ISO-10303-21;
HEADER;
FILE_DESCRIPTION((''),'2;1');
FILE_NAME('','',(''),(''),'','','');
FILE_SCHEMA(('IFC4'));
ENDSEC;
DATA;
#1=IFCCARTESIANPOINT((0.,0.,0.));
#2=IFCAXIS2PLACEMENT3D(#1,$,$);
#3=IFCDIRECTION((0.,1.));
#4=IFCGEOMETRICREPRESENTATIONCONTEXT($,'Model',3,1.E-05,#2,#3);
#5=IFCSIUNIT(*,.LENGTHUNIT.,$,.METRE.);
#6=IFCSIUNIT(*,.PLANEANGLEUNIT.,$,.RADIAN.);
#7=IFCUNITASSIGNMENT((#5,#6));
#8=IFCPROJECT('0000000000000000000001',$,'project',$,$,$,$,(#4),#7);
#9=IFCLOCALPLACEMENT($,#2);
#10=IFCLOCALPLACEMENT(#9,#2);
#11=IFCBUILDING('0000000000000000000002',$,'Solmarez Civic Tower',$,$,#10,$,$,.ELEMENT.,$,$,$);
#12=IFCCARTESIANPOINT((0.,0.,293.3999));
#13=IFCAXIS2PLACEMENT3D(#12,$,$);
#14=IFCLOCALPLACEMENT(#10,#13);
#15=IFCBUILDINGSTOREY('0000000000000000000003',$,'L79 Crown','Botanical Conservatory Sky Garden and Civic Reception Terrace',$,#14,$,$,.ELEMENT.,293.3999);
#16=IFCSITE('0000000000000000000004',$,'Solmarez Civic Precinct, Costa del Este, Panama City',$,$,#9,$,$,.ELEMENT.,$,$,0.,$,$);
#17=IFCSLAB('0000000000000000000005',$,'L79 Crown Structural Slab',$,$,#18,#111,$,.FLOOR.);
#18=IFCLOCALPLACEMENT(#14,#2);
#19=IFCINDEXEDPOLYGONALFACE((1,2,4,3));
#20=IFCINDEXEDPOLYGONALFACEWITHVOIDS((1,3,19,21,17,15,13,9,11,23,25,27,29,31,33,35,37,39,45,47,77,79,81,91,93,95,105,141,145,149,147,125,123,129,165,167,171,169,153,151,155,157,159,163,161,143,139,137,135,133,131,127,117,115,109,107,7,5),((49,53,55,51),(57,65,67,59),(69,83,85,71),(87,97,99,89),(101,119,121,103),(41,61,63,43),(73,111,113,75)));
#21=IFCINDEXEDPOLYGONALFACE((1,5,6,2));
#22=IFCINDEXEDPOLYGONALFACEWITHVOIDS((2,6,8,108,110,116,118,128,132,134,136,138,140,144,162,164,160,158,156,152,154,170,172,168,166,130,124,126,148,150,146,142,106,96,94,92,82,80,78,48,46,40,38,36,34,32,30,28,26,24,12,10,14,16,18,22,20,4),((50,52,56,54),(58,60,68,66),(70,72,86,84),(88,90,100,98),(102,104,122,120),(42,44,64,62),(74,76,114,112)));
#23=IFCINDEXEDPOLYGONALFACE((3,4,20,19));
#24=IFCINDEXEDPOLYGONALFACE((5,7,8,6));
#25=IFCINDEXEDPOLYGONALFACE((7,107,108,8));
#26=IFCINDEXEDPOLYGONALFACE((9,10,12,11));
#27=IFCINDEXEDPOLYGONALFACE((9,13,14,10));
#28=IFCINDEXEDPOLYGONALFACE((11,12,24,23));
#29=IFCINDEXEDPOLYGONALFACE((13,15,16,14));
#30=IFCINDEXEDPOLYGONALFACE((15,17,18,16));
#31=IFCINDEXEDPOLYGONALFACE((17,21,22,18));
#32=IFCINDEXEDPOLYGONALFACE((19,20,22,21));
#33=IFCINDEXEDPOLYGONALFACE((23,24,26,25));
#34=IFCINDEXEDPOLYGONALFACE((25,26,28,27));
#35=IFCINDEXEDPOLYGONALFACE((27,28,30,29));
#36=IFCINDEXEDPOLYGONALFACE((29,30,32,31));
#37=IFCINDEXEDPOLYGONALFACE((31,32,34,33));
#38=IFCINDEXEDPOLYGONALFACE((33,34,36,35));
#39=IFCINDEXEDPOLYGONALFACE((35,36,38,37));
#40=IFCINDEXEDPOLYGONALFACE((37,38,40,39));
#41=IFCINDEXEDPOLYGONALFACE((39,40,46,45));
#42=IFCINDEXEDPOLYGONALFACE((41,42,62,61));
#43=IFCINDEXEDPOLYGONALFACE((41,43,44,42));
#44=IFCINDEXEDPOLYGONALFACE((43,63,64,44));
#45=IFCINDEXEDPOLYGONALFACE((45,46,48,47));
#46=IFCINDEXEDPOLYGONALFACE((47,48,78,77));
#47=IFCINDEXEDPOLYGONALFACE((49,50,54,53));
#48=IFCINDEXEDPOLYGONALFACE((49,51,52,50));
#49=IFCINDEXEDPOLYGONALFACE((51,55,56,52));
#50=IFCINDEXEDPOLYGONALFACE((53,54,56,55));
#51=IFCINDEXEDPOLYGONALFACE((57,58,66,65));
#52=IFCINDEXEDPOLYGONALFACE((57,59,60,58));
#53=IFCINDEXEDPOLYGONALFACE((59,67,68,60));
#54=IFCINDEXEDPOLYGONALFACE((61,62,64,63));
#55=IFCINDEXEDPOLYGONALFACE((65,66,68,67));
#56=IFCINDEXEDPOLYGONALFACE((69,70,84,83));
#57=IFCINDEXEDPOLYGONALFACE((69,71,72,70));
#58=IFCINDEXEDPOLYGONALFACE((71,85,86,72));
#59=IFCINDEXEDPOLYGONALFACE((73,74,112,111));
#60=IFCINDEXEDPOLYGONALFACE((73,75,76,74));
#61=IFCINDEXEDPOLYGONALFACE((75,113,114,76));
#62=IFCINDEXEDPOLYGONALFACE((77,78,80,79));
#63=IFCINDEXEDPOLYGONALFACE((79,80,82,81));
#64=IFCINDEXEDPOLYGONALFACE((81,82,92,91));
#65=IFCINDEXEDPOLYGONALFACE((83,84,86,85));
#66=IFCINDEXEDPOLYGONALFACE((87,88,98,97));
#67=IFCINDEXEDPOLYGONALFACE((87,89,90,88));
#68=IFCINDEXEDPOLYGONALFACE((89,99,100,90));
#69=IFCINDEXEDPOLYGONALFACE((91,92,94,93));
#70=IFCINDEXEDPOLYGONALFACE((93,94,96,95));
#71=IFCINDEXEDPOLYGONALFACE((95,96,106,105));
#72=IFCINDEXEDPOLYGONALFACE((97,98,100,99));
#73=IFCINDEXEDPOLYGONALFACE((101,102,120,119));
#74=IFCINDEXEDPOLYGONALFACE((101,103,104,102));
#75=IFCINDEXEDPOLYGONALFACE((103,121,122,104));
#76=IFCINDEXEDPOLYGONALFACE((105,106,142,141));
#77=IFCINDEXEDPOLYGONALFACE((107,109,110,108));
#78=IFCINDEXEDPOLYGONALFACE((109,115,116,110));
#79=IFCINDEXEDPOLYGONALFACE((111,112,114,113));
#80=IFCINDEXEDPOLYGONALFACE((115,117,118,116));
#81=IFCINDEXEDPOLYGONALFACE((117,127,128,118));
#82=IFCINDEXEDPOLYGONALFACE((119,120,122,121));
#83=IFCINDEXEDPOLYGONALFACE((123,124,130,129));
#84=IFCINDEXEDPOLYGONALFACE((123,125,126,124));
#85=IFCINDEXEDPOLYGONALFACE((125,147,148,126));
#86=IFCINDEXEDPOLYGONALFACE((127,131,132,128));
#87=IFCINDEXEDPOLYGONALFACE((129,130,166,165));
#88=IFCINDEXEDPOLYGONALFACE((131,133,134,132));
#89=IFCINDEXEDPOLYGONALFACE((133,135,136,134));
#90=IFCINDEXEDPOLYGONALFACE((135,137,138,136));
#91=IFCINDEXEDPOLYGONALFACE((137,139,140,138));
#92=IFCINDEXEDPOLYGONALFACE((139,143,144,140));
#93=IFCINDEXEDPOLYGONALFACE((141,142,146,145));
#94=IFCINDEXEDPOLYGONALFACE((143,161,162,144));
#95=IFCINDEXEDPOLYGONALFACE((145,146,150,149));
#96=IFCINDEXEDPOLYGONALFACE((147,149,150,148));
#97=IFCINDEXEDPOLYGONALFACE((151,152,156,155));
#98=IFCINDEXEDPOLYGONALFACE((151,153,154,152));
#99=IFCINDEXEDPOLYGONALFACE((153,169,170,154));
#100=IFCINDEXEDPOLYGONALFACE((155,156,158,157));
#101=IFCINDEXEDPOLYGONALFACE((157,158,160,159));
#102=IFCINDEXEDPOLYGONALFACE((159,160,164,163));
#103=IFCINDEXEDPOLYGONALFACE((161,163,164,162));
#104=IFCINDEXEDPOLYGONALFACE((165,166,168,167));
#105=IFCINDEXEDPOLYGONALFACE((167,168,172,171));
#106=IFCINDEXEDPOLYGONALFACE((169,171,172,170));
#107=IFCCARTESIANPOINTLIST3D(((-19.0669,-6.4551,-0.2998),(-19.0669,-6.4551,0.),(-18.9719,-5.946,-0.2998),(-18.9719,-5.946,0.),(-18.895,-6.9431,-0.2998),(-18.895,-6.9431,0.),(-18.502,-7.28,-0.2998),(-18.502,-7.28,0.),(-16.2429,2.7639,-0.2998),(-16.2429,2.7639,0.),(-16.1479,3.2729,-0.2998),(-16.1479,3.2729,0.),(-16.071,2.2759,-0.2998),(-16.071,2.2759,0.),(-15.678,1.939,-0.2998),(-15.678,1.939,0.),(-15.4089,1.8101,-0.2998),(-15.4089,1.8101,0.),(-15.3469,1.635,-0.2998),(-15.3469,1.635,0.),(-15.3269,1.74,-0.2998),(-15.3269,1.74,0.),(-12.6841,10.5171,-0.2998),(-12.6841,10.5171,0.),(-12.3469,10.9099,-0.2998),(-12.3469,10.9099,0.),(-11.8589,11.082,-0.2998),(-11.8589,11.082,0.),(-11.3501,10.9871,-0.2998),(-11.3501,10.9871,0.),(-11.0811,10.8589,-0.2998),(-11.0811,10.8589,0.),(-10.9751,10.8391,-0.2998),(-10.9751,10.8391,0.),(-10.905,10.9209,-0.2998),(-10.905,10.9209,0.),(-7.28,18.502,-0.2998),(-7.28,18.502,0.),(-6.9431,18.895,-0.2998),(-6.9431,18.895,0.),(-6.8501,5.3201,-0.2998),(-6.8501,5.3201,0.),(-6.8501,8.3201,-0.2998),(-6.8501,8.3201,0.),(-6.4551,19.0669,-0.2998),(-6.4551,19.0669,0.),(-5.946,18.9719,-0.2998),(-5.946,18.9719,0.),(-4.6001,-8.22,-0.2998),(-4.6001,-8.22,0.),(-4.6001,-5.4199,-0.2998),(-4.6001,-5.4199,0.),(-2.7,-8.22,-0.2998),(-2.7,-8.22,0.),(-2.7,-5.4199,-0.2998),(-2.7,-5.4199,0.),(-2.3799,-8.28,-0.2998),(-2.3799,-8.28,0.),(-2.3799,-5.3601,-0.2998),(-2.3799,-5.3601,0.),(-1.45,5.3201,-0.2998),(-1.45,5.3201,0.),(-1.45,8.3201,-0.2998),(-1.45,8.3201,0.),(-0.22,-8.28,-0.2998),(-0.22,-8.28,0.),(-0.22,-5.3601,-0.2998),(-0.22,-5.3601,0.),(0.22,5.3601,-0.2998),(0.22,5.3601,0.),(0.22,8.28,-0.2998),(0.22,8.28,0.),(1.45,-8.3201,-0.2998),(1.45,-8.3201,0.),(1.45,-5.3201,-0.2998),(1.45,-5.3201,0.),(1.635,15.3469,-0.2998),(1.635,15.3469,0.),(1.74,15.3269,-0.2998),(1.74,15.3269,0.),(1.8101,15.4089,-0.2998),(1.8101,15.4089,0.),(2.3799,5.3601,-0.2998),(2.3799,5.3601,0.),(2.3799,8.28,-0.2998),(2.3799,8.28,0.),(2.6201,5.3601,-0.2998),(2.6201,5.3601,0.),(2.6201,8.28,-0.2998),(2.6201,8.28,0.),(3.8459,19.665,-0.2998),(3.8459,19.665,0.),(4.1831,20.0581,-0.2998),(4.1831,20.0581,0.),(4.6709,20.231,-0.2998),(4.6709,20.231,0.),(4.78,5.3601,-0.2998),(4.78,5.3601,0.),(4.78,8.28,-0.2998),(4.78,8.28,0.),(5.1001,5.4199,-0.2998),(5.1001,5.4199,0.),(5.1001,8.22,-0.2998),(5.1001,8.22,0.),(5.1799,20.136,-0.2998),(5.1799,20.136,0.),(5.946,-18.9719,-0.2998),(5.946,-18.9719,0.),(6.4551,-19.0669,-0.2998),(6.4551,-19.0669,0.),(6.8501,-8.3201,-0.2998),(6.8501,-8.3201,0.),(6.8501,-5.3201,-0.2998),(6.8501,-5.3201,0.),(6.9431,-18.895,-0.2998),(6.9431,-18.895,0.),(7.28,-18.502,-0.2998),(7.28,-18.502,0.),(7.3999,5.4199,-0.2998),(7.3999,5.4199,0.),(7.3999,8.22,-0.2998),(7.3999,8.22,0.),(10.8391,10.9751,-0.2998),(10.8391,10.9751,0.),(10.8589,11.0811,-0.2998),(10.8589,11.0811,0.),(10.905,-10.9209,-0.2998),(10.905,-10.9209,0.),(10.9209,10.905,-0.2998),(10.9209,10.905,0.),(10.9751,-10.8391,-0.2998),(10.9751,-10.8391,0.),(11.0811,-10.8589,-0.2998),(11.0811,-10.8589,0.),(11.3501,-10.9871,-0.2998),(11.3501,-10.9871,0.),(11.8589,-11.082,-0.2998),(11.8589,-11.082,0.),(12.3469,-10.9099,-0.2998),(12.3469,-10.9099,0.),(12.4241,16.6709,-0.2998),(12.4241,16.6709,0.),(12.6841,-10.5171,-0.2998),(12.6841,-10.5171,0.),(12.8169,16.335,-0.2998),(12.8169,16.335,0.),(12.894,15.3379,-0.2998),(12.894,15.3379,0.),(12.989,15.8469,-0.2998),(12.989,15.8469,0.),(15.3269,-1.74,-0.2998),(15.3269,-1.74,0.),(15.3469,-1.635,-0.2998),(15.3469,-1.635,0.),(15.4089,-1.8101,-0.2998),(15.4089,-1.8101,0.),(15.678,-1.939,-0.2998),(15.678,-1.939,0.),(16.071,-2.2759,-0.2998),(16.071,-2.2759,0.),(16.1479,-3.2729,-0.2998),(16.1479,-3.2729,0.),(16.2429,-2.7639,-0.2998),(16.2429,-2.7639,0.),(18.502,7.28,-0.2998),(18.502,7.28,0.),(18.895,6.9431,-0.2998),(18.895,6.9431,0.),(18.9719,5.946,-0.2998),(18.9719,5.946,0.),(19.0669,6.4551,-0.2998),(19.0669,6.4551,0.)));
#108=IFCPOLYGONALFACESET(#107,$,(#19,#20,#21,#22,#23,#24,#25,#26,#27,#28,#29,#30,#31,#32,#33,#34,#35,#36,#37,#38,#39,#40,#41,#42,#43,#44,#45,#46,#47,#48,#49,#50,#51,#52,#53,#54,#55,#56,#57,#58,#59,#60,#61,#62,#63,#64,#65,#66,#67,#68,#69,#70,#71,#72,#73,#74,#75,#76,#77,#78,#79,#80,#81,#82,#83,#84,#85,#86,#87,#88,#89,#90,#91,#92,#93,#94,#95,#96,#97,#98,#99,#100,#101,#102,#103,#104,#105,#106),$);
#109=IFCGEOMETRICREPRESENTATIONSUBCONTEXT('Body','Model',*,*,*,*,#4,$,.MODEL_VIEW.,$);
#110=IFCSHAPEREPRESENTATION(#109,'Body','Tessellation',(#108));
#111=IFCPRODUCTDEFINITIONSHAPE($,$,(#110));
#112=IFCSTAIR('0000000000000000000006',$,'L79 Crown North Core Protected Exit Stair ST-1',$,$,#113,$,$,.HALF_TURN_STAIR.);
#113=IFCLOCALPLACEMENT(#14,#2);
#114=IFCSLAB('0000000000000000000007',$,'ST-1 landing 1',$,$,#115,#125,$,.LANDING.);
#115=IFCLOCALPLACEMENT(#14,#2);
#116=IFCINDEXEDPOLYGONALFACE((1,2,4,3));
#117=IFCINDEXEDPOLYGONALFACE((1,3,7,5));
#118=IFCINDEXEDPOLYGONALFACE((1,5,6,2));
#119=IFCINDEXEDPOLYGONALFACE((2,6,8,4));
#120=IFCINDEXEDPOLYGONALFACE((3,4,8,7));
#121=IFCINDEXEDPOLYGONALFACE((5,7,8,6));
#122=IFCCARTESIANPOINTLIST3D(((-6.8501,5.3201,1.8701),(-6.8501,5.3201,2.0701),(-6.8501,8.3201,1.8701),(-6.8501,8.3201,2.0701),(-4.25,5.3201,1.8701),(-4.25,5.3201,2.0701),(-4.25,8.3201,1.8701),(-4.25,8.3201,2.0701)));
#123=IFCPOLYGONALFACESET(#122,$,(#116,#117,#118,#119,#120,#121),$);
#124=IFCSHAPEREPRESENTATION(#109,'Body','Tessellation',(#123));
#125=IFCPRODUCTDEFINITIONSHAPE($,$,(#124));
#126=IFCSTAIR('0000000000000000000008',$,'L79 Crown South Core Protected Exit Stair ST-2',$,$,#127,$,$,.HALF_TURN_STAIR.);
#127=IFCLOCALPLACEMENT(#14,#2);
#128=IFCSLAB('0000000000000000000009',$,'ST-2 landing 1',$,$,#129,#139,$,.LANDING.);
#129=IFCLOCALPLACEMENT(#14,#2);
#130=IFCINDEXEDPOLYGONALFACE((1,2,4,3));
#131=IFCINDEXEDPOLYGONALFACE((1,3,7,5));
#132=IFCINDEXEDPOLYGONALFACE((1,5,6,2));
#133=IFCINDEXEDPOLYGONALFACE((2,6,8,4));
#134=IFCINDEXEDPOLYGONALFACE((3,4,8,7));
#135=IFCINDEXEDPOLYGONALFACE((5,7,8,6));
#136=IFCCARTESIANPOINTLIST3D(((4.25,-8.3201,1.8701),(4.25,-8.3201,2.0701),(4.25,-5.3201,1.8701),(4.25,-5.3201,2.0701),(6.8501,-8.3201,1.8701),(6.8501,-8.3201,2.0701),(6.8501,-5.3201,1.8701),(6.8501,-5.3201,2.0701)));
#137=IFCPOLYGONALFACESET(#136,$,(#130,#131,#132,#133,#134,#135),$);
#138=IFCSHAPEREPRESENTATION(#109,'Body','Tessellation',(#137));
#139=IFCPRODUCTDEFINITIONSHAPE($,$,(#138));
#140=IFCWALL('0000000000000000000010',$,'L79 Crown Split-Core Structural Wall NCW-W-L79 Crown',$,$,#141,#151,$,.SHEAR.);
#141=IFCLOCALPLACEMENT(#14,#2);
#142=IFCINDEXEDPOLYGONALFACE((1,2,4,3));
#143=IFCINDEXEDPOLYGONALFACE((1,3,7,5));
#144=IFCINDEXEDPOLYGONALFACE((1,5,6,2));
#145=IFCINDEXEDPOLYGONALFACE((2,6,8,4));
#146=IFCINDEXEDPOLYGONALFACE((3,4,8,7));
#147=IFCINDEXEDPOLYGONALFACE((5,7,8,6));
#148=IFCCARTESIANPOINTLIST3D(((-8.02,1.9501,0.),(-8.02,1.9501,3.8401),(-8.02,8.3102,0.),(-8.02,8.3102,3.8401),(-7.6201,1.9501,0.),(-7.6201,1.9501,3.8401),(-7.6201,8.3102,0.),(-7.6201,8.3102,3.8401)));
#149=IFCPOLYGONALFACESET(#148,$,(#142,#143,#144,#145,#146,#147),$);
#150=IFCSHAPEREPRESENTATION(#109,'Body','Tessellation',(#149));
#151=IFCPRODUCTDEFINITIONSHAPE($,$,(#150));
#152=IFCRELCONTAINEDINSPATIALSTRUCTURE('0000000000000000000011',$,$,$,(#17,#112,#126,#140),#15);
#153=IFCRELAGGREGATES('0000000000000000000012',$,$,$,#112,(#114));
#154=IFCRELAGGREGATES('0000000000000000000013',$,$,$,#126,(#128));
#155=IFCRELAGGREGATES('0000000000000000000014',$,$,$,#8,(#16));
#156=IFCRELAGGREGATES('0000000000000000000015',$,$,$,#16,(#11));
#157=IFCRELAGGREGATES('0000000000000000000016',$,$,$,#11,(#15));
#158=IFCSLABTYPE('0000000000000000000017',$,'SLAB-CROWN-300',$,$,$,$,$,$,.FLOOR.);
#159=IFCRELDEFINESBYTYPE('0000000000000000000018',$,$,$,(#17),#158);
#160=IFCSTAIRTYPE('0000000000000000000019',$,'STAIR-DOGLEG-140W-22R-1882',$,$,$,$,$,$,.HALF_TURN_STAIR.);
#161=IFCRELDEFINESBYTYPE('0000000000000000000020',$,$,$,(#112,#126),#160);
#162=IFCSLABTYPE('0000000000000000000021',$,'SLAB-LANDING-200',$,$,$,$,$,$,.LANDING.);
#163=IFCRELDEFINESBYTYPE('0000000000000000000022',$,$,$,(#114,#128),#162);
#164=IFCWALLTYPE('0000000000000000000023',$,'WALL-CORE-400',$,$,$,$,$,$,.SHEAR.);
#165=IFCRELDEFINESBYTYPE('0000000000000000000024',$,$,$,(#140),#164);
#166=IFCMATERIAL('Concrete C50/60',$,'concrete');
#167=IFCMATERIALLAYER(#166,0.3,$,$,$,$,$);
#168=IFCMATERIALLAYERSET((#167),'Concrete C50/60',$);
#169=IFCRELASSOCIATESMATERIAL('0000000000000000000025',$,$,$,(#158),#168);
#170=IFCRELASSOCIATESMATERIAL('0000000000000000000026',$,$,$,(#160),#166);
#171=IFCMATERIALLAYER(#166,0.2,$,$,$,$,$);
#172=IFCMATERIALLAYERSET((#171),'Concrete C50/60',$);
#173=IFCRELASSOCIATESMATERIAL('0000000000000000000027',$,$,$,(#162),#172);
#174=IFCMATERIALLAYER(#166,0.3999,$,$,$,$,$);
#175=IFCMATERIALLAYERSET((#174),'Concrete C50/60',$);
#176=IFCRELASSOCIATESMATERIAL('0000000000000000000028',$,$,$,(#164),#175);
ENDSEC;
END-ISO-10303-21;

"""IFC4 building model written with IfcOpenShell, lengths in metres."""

from ifc_helpers import new_model, si_unit, direction, frame, frame_2d, origin, place, context, subcontext, project, spatial, polyline, rectangle, outline, extrude, material, layer, layer_set, type_object, element, aggregate, save


model = new_model("IFC4")

# Units and contexts
model_context = context("Model", 3, precision=1e-05, world=origin(), true_north=direction((0.0, 1.0)))
body_context = subcontext(model_context, "Body", "Model", "MODEL_VIEW")
ifc_project = project(units=[si_unit("LENGTHUNIT", "METRE"), si_unit("PLANEANGLEUNIT", "RADIAN")], contexts=[model_context])

# Site, building, storey
site_placement = place(None, origin())
site = spatial("IfcSite", under=ifc_project, at=site_placement, Name="Solmarez Civic Precinct, Costa del Este, Panama City", CompositionType="ELEMENT", RefElevation=0.0)
building_placement = place(site_placement, origin())
building = spatial("IfcBuilding", under=site, at=building_placement, Name="Solmarez Civic Tower", CompositionType="ELEMENT")
storey_placement = place(building_placement, frame((0.0, 0.0, 293.3999)))
storey = spatial("IfcBuildingStorey", under=building, at=storey_placement, Name="L79 Crown", Description="Botanical Conservatory Sky Garden and Civic Reception Terrace", CompositionType="ELEMENT", Elevation=293.3999)

# Slab
ifc_material_1 = material(Name="Concrete C50/60", Category="concrete")
ifc_layer_1 = layer(ifc_material_1, 0.3)
ifc_layer_set_1 = layer_set([ifc_layer_1], Name="Concrete C50/60")
slab_type_1 = type_object("IfcSlabType", Name="SLAB-CROWN-300", PredefinedType="FLOOR", material=ifc_layer_set_1)
slab_1_placement = place(storey_placement, frame((0.0, 0.0, -0.2998)))
element("IfcSlab", 1, at=slab_1_placement, inside=storey, type_object=slab_type_1, Name="L79 Crown Structural Slab", PredefinedType="FLOOR", context=body_context, shape_type="SweptSolid", body=[
    extrude(outline(polyline([(11.0811, -10.8589), (11.3501, -10.9871), (11.8589, -11.082), (12.3469, -10.9099), (12.6841, -10.5171), (16.1479, -3.2729), (16.2429, -2.7639), (16.071, -2.2759), (15.678, -1.939), (15.4089, -1.8101), (15.3269, -1.74), (15.3469, -1.635), (18.9719, 5.946), (19.0669, 6.4551), (18.895, 6.9431), (18.502, 7.28), (10.9209, 10.905), (10.8391, 10.9751), (10.8589, 11.0811), (12.894, 15.3379), (12.989, 15.8469), (12.8169, 16.335), (12.4241, 16.6709), (5.1799, 20.136), (4.6709, 20.231), (4.1831, 20.0581), (3.8459, 19.665), (1.8101, 15.4089), (1.74, 15.3269), (1.635, 15.3469), (-5.946, 18.9719), (-6.4551, 19.0669), (-6.9431, 18.895), (-7.28, 18.502), (-10.905, 10.9209), (-10.9751, 10.8391), (-11.0811, 10.8589), (-11.3501, 10.9871), (-11.8589, 11.082), (-12.3469, 10.9099), (-12.6841, 10.5171), (-16.1479, 3.2729), (-16.2429, 2.7639), (-16.071, 2.2759), (-15.678, 1.939), (-15.4089, 1.8101), (-15.3269, 1.74), (-15.3469, 1.635), (-18.9719, -5.946), (-19.0669, -6.4551), (-18.895, -6.9431), (-18.502, -7.28), (5.946, -18.9719), (6.4551, -19.0669), (6.9431, -18.895), (7.28, -18.502), (10.905, -10.9209), (10.9751, -10.8391), (11.0811, -10.8589)]), holes=[polyline([(-1.45, 8.3201), (-6.8501, 8.3201), (-6.8501, 5.3201), (-1.45, 5.3201), (-1.45, 8.3201)]), polyline([(1.45, -8.3201), (6.8501, -8.3201), (6.8501, -5.3201), (1.45, -5.3201), (1.45, -8.3201)]), polyline([(0.22, 5.3601), (2.3799, 5.3601), (2.3799, 8.28), (0.22, 8.28), (0.22, 5.3601)]), polyline([(2.6201, 5.3601), (4.78, 5.3601), (4.78, 8.28), (2.6201, 8.28), (2.6201, 5.3601)]), polyline([(-2.3799, -8.28), (-0.22, -8.28), (-0.22, -5.3601), (-2.3799, -5.3601), (-2.3799, -8.28)]), polyline([(5.1001, 5.4199), (7.3999, 5.4199), (7.3999, 8.22), (5.1001, 8.22), (5.1001, 5.4199)]), polyline([(-4.6001, -8.22), (-2.7, -8.22), (-2.7, -5.4199), (-4.6001, -5.4199), (-4.6001, -8.22)])]), origin(), (0.0, 0.0, 1.0), 0.2998),
])

# Stairs, slabs
stair_type = type_object("IfcStairType", Name="STAIR-DOGLEG-140W-22R-1882", PredefinedType="HALF_TURN_STAIR", material=ifc_material_1)
stair_1_placement = place(storey_placement, origin())
stair_1 = element("IfcStair", 2, at=stair_1_placement, inside=storey, type_object=stair_type, Name="L79 Crown North Core Protected Exit Stair ST-1", PredefinedType="HALF_TURN_STAIR")
ifc_layer_2 = layer(ifc_material_1, 0.2)
ifc_layer_set_2 = layer_set([ifc_layer_2], Name="Concrete C50/60")
slab_type_2 = type_object("IfcSlabType", Name="SLAB-LANDING-200", PredefinedType="LANDING", material=ifc_layer_set_2)
slab_2_placement = place(storey_placement, frame((0.0, 0.0, 1.8701)))
slab_2 = element("IfcSlab", 3, at=slab_2_placement, type_object=slab_type_2, Name="ST-1 landing 1", PredefinedType="LANDING", context=body_context, shape_type="SweptSolid", body=[
    extrude(outline(polyline([(-4.25, 8.3201), (-6.8501, 8.3201), (-6.8501, 5.3201), (-4.25, 5.3201), (-4.25, 8.3201)])), origin(), (0.0, 0.0, 1.0), 0.2),
])
aggregate(stair_1, [slab_2])
stair_2_placement = place(storey_placement, origin())
stair_2 = element("IfcStair", 4, at=stair_2_placement, inside=storey, type_object=stair_type, Name="L79 Crown South Core Protected Exit Stair ST-2", PredefinedType="HALF_TURN_STAIR")
slab_3_placement = place(storey_placement, frame((0.0, 0.0, 1.8701)))
slab_3 = element("IfcSlab", 5, at=slab_3_placement, type_object=slab_type_2, Name="ST-2 landing 1", PredefinedType="LANDING", context=body_context, shape_type="SweptSolid", body=[
    extrude(outline(polyline([(4.25, -8.3201), (6.8501, -8.3201), (6.8501, -5.3201), (4.25, -5.3201), (4.25, -8.3201)])), origin(), (0.0, 0.0, 1.0), 0.2),
])
aggregate(stair_2, [slab_3])

# Wall
ifc_layer_3 = layer(ifc_material_1, 0.3999)
ifc_layer_set_3 = layer_set([ifc_layer_3], Name="Concrete C50/60")
wall_type_1 = type_object("IfcWallType", Name="WALL-CORE-400", PredefinedType="SHEAR", material=ifc_layer_set_3)
wall_1_placement = place(storey_placement, frame((-7.8201, 1.95, 0.0), z_axis=(0.0, 0.0, 1.0), x_axis=(0.0, 1.0, 0.0)))
element("IfcWall", 6, at=wall_1_placement, inside=storey, type_object=wall_type_1, Name="L79 Crown Split-Core Structural Wall NCW-W-L79 Crown", PredefinedType="SHEAR", context=body_context, shape_type="SweptSolid", body=[
    extrude(rectangle(XDim=6.3601, YDim=0.3999, at=frame_2d((3.1802, 0.0))), origin(), (0.0, 0.0, 1.0), 3.8401),
])

save(model, "model.ifc")
